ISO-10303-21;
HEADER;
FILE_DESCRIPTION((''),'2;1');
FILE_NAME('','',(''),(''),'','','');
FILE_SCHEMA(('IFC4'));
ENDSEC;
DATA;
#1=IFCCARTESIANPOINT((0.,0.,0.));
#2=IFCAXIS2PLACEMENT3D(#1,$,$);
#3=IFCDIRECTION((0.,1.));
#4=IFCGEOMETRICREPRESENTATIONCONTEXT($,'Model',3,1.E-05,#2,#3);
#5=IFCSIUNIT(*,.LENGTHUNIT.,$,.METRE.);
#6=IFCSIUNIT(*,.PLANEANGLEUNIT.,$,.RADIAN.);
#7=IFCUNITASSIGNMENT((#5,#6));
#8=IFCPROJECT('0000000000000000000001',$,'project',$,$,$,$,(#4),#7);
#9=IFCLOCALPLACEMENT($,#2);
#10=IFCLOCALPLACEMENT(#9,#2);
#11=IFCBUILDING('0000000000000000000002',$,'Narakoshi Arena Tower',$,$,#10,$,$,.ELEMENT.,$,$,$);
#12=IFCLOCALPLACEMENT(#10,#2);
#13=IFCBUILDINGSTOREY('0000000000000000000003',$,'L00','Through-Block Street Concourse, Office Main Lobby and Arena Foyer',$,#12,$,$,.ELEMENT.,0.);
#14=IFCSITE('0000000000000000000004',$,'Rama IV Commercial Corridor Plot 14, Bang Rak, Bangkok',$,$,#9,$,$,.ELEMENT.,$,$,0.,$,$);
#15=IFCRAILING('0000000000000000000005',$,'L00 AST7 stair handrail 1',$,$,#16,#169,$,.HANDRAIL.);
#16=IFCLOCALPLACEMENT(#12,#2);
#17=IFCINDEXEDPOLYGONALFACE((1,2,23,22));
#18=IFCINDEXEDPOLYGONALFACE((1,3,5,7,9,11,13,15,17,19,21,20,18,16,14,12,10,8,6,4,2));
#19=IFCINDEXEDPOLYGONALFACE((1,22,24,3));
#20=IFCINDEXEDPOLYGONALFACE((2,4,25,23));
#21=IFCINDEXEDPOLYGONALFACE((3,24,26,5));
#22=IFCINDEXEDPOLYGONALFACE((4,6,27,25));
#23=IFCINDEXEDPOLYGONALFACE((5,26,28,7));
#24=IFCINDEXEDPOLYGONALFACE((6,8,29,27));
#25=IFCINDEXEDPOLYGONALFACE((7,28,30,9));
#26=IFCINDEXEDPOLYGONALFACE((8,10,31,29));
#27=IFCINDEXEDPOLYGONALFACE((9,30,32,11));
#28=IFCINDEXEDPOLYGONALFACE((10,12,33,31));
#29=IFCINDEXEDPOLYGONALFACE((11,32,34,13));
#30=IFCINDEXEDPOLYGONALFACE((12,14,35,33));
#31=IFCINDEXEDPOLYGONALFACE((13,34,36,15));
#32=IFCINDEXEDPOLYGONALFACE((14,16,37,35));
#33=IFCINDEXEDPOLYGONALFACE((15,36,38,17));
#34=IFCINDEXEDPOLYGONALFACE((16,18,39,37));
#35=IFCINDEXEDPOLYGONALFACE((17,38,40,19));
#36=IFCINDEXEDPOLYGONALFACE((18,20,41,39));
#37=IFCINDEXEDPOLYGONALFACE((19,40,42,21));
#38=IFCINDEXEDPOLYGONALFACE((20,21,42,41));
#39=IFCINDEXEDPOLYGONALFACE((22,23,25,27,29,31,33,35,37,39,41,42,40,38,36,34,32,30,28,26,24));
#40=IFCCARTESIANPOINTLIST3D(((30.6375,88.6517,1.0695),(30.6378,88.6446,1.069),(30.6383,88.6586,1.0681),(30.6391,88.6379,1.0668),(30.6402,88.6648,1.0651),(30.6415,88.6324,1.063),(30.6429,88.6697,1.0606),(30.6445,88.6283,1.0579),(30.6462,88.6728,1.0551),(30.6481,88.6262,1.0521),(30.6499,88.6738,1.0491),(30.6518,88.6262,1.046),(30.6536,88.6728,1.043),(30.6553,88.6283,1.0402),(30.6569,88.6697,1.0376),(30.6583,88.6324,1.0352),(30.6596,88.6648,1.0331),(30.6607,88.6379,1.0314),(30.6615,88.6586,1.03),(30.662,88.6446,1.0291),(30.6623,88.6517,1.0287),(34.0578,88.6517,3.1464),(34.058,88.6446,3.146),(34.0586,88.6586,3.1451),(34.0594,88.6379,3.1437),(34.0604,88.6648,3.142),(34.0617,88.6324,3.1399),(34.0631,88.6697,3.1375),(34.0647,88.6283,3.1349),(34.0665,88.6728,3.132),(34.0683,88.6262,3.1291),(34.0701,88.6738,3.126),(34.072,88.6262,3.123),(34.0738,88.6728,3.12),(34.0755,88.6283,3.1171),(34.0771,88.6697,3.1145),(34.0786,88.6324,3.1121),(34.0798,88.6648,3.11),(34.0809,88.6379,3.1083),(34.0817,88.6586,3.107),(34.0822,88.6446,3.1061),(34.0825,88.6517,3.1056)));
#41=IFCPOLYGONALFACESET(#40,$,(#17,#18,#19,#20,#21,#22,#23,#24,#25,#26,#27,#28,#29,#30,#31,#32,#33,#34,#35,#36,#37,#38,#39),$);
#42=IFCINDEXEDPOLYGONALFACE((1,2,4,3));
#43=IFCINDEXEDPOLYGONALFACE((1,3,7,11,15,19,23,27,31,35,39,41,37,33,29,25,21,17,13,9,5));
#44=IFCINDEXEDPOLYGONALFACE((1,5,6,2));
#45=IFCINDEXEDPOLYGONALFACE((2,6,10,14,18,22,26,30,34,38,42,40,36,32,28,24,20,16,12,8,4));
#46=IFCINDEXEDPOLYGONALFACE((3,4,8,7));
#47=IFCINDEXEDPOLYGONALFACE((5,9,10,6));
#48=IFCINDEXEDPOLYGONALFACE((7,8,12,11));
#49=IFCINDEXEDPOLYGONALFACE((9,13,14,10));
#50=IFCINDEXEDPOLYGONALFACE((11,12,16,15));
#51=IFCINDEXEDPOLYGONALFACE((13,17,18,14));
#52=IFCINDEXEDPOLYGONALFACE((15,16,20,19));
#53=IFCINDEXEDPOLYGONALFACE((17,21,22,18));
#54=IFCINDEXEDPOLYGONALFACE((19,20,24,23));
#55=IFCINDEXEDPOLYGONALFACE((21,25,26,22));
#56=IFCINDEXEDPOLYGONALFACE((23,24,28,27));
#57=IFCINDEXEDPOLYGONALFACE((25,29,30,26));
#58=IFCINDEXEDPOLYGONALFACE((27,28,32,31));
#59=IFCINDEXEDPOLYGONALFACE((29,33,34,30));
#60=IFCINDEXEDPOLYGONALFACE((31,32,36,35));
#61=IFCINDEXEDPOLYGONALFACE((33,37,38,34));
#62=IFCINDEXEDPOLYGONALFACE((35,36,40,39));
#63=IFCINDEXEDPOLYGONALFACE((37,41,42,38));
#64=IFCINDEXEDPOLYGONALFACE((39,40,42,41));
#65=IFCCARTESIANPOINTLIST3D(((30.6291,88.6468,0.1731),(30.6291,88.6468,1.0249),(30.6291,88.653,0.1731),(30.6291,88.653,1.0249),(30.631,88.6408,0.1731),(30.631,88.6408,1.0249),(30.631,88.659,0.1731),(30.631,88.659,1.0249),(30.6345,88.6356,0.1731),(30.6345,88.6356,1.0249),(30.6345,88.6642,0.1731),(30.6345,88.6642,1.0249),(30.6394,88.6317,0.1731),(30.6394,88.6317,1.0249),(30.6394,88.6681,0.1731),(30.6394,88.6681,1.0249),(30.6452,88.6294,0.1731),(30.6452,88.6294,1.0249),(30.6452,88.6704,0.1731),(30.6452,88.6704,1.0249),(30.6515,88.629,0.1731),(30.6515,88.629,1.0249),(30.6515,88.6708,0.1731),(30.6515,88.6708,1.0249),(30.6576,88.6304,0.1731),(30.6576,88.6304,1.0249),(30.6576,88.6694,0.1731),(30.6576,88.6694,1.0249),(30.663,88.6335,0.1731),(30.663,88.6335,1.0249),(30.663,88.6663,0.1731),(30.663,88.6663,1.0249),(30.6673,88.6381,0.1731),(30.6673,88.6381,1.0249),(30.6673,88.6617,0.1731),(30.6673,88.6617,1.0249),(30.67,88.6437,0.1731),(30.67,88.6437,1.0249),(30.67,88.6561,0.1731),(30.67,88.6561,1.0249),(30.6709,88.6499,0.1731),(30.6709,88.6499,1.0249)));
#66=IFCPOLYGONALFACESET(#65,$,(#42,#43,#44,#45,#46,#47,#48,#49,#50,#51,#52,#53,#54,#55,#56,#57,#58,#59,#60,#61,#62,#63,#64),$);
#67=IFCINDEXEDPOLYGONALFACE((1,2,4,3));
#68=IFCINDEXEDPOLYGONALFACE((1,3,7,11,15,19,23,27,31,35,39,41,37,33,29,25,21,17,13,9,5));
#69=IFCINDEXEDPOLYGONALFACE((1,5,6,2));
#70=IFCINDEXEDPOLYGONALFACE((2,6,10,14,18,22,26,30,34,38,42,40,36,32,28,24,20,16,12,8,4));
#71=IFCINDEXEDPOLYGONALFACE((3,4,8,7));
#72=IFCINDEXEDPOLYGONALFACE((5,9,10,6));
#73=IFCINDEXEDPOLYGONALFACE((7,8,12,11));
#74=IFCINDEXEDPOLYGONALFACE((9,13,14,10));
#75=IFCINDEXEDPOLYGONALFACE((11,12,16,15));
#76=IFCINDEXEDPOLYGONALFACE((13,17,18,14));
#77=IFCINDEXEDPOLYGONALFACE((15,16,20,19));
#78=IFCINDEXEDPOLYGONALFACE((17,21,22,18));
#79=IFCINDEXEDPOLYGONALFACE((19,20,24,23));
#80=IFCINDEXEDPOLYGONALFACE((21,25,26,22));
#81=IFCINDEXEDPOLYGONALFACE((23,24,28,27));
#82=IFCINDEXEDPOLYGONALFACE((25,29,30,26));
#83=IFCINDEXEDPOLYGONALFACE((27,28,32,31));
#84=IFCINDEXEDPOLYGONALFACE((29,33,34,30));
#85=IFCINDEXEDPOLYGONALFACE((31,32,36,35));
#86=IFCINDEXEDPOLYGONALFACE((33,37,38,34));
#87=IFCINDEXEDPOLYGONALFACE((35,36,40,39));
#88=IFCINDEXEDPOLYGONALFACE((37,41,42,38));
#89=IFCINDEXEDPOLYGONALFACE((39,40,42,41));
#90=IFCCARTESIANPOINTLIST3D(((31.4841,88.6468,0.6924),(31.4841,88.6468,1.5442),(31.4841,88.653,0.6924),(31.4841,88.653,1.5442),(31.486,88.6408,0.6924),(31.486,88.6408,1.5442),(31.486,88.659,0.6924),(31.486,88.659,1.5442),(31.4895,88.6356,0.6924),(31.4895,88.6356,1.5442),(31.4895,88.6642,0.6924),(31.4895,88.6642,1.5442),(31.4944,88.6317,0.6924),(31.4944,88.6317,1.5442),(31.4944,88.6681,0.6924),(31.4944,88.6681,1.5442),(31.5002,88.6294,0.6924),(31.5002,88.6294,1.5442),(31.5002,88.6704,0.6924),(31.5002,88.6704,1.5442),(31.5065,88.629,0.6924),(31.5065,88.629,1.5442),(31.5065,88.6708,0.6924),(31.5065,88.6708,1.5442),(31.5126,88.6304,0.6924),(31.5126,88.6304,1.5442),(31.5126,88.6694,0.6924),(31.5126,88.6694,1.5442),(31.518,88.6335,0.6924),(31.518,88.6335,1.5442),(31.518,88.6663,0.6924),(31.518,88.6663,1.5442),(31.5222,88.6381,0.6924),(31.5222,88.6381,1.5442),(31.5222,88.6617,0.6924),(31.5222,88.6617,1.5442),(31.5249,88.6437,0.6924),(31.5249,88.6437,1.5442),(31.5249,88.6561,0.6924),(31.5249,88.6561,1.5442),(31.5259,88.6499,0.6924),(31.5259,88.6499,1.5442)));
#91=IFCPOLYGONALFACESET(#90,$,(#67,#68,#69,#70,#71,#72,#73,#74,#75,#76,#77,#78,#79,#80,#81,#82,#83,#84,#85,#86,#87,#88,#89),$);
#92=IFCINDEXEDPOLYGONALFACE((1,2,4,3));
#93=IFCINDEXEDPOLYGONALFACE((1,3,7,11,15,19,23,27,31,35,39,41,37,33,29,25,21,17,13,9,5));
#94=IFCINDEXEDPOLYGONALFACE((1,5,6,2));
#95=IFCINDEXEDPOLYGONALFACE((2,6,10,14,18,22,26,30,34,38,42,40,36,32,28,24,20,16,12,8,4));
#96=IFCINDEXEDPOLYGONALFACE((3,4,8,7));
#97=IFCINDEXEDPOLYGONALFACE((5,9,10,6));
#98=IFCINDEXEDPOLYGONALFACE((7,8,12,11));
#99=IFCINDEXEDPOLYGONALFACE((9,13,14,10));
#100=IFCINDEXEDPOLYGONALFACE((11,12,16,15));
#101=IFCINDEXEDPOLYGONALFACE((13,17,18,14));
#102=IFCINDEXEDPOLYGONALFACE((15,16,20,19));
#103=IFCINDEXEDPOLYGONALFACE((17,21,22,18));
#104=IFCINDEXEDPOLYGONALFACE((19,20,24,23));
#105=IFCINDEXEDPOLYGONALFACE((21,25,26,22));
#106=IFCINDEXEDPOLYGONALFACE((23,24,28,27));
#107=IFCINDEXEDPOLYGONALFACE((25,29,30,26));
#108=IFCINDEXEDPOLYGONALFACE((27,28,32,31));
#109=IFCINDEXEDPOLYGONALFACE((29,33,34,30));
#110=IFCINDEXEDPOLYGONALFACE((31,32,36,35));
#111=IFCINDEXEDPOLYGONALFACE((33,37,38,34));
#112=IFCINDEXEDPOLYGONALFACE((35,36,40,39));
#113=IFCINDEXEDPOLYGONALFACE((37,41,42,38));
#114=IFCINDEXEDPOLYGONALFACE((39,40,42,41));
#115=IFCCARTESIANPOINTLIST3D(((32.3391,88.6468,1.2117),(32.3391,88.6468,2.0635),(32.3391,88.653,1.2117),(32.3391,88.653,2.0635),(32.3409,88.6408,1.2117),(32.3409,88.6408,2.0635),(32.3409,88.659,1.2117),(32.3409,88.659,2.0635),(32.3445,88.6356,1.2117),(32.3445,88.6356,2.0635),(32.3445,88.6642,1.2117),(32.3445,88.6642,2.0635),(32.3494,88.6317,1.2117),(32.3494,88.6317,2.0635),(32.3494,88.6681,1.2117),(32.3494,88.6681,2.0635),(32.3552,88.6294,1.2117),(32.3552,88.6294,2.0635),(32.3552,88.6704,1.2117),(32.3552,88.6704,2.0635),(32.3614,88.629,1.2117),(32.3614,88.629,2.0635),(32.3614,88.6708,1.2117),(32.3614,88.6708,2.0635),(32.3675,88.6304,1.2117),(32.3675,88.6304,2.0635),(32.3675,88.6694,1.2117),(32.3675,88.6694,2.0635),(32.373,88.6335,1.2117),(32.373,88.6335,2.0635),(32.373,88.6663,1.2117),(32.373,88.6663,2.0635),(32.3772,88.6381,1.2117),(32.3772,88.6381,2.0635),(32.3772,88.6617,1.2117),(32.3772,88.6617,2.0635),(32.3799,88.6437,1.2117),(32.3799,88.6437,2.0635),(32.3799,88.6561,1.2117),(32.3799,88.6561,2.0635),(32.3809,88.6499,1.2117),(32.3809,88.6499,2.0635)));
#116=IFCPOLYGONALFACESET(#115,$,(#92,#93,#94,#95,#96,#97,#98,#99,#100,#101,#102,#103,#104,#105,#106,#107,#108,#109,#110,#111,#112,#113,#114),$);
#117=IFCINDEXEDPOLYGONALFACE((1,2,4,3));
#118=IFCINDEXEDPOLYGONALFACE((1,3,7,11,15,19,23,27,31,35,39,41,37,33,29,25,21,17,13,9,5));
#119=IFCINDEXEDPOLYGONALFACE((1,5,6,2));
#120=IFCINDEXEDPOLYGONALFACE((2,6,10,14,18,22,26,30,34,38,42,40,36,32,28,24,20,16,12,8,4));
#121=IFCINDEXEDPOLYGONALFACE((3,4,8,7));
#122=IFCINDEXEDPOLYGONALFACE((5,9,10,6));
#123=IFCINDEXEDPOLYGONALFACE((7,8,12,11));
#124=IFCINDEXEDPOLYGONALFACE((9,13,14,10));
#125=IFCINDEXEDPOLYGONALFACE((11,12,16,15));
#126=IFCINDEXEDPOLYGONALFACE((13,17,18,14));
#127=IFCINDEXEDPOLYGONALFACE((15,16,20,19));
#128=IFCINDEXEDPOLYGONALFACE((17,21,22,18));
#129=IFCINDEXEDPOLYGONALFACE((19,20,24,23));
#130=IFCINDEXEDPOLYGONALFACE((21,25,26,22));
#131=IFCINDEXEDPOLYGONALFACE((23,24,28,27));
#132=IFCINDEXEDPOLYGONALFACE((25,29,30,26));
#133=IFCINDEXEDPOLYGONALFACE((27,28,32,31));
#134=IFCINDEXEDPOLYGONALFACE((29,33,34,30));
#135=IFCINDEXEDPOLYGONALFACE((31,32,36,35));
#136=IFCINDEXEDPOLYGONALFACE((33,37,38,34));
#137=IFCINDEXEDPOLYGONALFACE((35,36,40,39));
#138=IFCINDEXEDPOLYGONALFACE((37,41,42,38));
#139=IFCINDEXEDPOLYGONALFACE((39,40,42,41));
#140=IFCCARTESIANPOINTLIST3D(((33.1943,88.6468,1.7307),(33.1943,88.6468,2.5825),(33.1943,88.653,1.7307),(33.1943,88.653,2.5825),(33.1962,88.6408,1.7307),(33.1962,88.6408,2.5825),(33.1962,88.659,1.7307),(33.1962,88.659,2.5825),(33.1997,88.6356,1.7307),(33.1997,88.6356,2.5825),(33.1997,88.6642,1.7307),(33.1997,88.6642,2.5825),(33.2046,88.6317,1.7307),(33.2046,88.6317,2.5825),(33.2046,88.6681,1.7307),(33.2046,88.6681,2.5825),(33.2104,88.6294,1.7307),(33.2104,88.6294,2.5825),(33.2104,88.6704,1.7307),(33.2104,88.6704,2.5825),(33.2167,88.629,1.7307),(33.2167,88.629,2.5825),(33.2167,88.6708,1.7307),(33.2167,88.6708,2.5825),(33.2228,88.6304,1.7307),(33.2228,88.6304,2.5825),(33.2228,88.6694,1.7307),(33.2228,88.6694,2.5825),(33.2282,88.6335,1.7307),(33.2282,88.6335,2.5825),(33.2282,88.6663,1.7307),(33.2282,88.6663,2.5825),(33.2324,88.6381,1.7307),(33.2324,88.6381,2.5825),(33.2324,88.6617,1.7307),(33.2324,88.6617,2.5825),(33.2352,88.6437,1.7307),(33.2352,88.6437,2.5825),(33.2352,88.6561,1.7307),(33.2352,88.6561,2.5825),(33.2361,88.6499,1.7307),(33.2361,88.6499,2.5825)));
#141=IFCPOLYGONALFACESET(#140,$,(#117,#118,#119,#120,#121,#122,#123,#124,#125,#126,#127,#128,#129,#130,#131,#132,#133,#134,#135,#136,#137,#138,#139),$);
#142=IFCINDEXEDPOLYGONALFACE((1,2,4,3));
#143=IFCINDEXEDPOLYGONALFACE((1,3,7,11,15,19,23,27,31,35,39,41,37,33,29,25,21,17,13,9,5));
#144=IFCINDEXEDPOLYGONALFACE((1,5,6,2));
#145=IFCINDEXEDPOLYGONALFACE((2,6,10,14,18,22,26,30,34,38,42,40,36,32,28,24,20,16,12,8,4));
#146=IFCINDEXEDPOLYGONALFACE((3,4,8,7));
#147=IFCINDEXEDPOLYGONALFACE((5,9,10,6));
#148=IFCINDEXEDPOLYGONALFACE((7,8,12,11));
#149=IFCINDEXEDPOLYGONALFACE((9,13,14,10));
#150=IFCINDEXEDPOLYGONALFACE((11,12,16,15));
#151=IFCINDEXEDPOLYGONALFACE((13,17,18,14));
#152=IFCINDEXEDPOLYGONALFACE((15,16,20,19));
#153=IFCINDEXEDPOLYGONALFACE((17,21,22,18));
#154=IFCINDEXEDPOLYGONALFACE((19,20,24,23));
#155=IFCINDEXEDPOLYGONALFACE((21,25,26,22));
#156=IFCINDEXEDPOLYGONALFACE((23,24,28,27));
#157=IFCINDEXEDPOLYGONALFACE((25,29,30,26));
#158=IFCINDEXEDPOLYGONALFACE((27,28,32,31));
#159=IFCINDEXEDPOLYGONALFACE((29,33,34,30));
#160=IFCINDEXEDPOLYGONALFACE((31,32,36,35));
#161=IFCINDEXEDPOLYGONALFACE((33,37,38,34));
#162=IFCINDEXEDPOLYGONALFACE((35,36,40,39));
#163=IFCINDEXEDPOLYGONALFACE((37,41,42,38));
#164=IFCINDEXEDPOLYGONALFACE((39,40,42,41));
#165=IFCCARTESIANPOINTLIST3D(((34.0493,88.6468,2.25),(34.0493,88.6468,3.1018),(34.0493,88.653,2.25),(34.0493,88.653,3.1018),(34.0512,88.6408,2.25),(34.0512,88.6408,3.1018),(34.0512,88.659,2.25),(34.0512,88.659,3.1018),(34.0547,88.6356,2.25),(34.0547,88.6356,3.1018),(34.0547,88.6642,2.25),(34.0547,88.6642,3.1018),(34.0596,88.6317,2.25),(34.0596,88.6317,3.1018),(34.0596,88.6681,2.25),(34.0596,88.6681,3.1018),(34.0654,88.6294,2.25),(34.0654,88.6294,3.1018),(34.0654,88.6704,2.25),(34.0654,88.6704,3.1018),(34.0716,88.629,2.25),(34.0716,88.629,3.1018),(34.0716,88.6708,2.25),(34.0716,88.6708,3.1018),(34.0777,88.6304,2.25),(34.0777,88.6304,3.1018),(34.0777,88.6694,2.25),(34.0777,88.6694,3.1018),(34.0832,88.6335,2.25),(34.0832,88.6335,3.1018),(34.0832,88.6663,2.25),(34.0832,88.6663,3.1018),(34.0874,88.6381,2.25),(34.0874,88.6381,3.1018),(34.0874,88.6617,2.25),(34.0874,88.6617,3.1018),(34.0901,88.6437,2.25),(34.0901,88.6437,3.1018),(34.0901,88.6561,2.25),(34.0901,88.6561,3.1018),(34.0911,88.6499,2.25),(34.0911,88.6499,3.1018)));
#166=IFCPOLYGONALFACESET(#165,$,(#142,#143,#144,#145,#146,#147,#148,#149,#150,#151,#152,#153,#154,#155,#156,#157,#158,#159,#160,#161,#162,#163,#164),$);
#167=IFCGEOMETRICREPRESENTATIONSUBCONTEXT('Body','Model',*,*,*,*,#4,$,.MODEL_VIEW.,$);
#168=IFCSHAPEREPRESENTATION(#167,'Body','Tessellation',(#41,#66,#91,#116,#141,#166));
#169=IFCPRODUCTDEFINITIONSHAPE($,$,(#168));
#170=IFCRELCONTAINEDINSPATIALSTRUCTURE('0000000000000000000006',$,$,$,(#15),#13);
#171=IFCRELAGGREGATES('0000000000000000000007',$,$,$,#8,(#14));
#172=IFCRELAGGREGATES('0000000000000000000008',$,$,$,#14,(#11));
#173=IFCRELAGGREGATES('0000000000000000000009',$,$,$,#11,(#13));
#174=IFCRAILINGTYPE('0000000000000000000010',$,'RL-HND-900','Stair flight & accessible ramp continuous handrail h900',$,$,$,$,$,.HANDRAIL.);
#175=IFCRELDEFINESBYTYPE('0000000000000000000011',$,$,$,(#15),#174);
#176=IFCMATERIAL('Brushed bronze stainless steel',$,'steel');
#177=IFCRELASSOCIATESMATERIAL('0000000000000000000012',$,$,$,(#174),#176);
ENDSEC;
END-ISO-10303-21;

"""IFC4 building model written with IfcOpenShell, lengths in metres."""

from ifc_helpers import new_model, si_unit, direction, frame, origin, origin_2d, place, context, subcontext, project, spatial, circle, extrude, material, type_object, element, save


model = new_model("IFC4")

# Units and contexts
model_context = context("Model", 3, precision=1e-05, world=origin(), true_north=direction((0.0, 1.0)))
body_context = subcontext(model_context, "Body", "Model", "MODEL_VIEW")
ifc_project = project(units=[si_unit("LENGTHUNIT", "METRE"), si_unit("PLANEANGLEUNIT", "RADIAN")], contexts=[model_context])

# Site, building, storey
site_placement = place(None, origin())
site = spatial("IfcSite", under=ifc_project, at=site_placement, Name="Rama IV Commercial Corridor Plot 14, Bang Rak, Bangkok", CompositionType="ELEMENT", RefElevation=0.0)
building_placement = place(site_placement, origin())
building = spatial("IfcBuilding", under=site, at=building_placement, Name="Narakoshi Arena Tower", CompositionType="ELEMENT")
storey_placement = place(building_placement, origin())
storey = spatial("IfcBuildingStorey", under=building, at=storey_placement, Name="L00", Description="Through-Block Street Concourse, Office Main Lobby and Arena Foyer", CompositionType="ELEMENT", Elevation=0.0)

# Railing
ifc_material_1 = material(Name="Brushed bronze stainless steel", Category="steel")
railing_type_1 = type_object("IfcRailingType", Name="RL-HND-900", Description="Stair flight & accessible ramp continuous handrail h900", PredefinedType="HANDRAIL", material=ifc_material_1)
railing_1_placement = place(storey_placement, frame((30.6499, 88.6499, 0.1731)))
element("IfcRailing", 1, at=railing_1_placement, inside=storey, type_object=railing_type_1, Name="L00 AST7 stair handrail 1", PredefinedType="HANDRAIL", context=body_context, shape_type="SweptSolid", body=[
    extrude(circle(Radius=0.0239, at=origin_2d()), frame((0.0, 0.0, 0.876), z_axis=(0.854746, 0.0, 0.519047), x_axis=(0.0, 1.0, 0.0)), (0.0, 0.0, 1.0), 4.0015),
    extrude(circle(Radius=0.021, at=origin_2d()), origin(), (0.0, 0.0, 1.0), 0.8518),
    extrude(circle(Radius=0.021, at=origin_2d()), frame((0.855, 0.0, 0.5193)), (0.0, 0.0, 1.0), 0.8518),
    extrude(circle(Radius=0.021, at=origin_2d()), frame((1.71, 0.0, 1.0386)), (0.0, 0.0, 1.0), 0.8518),
    extrude(circle(Radius=0.021, at=origin_2d()), frame((2.5652, 0.0, 1.5576)), (0.0, 0.0, 1.0), 0.8518),
    extrude(circle(Radius=0.021, at=origin_2d()), frame((3.4202, 0.0, 2.0769)), (0.0, 0.0, 1.0), 0.8518),
])

save(model, "model.ifc")
